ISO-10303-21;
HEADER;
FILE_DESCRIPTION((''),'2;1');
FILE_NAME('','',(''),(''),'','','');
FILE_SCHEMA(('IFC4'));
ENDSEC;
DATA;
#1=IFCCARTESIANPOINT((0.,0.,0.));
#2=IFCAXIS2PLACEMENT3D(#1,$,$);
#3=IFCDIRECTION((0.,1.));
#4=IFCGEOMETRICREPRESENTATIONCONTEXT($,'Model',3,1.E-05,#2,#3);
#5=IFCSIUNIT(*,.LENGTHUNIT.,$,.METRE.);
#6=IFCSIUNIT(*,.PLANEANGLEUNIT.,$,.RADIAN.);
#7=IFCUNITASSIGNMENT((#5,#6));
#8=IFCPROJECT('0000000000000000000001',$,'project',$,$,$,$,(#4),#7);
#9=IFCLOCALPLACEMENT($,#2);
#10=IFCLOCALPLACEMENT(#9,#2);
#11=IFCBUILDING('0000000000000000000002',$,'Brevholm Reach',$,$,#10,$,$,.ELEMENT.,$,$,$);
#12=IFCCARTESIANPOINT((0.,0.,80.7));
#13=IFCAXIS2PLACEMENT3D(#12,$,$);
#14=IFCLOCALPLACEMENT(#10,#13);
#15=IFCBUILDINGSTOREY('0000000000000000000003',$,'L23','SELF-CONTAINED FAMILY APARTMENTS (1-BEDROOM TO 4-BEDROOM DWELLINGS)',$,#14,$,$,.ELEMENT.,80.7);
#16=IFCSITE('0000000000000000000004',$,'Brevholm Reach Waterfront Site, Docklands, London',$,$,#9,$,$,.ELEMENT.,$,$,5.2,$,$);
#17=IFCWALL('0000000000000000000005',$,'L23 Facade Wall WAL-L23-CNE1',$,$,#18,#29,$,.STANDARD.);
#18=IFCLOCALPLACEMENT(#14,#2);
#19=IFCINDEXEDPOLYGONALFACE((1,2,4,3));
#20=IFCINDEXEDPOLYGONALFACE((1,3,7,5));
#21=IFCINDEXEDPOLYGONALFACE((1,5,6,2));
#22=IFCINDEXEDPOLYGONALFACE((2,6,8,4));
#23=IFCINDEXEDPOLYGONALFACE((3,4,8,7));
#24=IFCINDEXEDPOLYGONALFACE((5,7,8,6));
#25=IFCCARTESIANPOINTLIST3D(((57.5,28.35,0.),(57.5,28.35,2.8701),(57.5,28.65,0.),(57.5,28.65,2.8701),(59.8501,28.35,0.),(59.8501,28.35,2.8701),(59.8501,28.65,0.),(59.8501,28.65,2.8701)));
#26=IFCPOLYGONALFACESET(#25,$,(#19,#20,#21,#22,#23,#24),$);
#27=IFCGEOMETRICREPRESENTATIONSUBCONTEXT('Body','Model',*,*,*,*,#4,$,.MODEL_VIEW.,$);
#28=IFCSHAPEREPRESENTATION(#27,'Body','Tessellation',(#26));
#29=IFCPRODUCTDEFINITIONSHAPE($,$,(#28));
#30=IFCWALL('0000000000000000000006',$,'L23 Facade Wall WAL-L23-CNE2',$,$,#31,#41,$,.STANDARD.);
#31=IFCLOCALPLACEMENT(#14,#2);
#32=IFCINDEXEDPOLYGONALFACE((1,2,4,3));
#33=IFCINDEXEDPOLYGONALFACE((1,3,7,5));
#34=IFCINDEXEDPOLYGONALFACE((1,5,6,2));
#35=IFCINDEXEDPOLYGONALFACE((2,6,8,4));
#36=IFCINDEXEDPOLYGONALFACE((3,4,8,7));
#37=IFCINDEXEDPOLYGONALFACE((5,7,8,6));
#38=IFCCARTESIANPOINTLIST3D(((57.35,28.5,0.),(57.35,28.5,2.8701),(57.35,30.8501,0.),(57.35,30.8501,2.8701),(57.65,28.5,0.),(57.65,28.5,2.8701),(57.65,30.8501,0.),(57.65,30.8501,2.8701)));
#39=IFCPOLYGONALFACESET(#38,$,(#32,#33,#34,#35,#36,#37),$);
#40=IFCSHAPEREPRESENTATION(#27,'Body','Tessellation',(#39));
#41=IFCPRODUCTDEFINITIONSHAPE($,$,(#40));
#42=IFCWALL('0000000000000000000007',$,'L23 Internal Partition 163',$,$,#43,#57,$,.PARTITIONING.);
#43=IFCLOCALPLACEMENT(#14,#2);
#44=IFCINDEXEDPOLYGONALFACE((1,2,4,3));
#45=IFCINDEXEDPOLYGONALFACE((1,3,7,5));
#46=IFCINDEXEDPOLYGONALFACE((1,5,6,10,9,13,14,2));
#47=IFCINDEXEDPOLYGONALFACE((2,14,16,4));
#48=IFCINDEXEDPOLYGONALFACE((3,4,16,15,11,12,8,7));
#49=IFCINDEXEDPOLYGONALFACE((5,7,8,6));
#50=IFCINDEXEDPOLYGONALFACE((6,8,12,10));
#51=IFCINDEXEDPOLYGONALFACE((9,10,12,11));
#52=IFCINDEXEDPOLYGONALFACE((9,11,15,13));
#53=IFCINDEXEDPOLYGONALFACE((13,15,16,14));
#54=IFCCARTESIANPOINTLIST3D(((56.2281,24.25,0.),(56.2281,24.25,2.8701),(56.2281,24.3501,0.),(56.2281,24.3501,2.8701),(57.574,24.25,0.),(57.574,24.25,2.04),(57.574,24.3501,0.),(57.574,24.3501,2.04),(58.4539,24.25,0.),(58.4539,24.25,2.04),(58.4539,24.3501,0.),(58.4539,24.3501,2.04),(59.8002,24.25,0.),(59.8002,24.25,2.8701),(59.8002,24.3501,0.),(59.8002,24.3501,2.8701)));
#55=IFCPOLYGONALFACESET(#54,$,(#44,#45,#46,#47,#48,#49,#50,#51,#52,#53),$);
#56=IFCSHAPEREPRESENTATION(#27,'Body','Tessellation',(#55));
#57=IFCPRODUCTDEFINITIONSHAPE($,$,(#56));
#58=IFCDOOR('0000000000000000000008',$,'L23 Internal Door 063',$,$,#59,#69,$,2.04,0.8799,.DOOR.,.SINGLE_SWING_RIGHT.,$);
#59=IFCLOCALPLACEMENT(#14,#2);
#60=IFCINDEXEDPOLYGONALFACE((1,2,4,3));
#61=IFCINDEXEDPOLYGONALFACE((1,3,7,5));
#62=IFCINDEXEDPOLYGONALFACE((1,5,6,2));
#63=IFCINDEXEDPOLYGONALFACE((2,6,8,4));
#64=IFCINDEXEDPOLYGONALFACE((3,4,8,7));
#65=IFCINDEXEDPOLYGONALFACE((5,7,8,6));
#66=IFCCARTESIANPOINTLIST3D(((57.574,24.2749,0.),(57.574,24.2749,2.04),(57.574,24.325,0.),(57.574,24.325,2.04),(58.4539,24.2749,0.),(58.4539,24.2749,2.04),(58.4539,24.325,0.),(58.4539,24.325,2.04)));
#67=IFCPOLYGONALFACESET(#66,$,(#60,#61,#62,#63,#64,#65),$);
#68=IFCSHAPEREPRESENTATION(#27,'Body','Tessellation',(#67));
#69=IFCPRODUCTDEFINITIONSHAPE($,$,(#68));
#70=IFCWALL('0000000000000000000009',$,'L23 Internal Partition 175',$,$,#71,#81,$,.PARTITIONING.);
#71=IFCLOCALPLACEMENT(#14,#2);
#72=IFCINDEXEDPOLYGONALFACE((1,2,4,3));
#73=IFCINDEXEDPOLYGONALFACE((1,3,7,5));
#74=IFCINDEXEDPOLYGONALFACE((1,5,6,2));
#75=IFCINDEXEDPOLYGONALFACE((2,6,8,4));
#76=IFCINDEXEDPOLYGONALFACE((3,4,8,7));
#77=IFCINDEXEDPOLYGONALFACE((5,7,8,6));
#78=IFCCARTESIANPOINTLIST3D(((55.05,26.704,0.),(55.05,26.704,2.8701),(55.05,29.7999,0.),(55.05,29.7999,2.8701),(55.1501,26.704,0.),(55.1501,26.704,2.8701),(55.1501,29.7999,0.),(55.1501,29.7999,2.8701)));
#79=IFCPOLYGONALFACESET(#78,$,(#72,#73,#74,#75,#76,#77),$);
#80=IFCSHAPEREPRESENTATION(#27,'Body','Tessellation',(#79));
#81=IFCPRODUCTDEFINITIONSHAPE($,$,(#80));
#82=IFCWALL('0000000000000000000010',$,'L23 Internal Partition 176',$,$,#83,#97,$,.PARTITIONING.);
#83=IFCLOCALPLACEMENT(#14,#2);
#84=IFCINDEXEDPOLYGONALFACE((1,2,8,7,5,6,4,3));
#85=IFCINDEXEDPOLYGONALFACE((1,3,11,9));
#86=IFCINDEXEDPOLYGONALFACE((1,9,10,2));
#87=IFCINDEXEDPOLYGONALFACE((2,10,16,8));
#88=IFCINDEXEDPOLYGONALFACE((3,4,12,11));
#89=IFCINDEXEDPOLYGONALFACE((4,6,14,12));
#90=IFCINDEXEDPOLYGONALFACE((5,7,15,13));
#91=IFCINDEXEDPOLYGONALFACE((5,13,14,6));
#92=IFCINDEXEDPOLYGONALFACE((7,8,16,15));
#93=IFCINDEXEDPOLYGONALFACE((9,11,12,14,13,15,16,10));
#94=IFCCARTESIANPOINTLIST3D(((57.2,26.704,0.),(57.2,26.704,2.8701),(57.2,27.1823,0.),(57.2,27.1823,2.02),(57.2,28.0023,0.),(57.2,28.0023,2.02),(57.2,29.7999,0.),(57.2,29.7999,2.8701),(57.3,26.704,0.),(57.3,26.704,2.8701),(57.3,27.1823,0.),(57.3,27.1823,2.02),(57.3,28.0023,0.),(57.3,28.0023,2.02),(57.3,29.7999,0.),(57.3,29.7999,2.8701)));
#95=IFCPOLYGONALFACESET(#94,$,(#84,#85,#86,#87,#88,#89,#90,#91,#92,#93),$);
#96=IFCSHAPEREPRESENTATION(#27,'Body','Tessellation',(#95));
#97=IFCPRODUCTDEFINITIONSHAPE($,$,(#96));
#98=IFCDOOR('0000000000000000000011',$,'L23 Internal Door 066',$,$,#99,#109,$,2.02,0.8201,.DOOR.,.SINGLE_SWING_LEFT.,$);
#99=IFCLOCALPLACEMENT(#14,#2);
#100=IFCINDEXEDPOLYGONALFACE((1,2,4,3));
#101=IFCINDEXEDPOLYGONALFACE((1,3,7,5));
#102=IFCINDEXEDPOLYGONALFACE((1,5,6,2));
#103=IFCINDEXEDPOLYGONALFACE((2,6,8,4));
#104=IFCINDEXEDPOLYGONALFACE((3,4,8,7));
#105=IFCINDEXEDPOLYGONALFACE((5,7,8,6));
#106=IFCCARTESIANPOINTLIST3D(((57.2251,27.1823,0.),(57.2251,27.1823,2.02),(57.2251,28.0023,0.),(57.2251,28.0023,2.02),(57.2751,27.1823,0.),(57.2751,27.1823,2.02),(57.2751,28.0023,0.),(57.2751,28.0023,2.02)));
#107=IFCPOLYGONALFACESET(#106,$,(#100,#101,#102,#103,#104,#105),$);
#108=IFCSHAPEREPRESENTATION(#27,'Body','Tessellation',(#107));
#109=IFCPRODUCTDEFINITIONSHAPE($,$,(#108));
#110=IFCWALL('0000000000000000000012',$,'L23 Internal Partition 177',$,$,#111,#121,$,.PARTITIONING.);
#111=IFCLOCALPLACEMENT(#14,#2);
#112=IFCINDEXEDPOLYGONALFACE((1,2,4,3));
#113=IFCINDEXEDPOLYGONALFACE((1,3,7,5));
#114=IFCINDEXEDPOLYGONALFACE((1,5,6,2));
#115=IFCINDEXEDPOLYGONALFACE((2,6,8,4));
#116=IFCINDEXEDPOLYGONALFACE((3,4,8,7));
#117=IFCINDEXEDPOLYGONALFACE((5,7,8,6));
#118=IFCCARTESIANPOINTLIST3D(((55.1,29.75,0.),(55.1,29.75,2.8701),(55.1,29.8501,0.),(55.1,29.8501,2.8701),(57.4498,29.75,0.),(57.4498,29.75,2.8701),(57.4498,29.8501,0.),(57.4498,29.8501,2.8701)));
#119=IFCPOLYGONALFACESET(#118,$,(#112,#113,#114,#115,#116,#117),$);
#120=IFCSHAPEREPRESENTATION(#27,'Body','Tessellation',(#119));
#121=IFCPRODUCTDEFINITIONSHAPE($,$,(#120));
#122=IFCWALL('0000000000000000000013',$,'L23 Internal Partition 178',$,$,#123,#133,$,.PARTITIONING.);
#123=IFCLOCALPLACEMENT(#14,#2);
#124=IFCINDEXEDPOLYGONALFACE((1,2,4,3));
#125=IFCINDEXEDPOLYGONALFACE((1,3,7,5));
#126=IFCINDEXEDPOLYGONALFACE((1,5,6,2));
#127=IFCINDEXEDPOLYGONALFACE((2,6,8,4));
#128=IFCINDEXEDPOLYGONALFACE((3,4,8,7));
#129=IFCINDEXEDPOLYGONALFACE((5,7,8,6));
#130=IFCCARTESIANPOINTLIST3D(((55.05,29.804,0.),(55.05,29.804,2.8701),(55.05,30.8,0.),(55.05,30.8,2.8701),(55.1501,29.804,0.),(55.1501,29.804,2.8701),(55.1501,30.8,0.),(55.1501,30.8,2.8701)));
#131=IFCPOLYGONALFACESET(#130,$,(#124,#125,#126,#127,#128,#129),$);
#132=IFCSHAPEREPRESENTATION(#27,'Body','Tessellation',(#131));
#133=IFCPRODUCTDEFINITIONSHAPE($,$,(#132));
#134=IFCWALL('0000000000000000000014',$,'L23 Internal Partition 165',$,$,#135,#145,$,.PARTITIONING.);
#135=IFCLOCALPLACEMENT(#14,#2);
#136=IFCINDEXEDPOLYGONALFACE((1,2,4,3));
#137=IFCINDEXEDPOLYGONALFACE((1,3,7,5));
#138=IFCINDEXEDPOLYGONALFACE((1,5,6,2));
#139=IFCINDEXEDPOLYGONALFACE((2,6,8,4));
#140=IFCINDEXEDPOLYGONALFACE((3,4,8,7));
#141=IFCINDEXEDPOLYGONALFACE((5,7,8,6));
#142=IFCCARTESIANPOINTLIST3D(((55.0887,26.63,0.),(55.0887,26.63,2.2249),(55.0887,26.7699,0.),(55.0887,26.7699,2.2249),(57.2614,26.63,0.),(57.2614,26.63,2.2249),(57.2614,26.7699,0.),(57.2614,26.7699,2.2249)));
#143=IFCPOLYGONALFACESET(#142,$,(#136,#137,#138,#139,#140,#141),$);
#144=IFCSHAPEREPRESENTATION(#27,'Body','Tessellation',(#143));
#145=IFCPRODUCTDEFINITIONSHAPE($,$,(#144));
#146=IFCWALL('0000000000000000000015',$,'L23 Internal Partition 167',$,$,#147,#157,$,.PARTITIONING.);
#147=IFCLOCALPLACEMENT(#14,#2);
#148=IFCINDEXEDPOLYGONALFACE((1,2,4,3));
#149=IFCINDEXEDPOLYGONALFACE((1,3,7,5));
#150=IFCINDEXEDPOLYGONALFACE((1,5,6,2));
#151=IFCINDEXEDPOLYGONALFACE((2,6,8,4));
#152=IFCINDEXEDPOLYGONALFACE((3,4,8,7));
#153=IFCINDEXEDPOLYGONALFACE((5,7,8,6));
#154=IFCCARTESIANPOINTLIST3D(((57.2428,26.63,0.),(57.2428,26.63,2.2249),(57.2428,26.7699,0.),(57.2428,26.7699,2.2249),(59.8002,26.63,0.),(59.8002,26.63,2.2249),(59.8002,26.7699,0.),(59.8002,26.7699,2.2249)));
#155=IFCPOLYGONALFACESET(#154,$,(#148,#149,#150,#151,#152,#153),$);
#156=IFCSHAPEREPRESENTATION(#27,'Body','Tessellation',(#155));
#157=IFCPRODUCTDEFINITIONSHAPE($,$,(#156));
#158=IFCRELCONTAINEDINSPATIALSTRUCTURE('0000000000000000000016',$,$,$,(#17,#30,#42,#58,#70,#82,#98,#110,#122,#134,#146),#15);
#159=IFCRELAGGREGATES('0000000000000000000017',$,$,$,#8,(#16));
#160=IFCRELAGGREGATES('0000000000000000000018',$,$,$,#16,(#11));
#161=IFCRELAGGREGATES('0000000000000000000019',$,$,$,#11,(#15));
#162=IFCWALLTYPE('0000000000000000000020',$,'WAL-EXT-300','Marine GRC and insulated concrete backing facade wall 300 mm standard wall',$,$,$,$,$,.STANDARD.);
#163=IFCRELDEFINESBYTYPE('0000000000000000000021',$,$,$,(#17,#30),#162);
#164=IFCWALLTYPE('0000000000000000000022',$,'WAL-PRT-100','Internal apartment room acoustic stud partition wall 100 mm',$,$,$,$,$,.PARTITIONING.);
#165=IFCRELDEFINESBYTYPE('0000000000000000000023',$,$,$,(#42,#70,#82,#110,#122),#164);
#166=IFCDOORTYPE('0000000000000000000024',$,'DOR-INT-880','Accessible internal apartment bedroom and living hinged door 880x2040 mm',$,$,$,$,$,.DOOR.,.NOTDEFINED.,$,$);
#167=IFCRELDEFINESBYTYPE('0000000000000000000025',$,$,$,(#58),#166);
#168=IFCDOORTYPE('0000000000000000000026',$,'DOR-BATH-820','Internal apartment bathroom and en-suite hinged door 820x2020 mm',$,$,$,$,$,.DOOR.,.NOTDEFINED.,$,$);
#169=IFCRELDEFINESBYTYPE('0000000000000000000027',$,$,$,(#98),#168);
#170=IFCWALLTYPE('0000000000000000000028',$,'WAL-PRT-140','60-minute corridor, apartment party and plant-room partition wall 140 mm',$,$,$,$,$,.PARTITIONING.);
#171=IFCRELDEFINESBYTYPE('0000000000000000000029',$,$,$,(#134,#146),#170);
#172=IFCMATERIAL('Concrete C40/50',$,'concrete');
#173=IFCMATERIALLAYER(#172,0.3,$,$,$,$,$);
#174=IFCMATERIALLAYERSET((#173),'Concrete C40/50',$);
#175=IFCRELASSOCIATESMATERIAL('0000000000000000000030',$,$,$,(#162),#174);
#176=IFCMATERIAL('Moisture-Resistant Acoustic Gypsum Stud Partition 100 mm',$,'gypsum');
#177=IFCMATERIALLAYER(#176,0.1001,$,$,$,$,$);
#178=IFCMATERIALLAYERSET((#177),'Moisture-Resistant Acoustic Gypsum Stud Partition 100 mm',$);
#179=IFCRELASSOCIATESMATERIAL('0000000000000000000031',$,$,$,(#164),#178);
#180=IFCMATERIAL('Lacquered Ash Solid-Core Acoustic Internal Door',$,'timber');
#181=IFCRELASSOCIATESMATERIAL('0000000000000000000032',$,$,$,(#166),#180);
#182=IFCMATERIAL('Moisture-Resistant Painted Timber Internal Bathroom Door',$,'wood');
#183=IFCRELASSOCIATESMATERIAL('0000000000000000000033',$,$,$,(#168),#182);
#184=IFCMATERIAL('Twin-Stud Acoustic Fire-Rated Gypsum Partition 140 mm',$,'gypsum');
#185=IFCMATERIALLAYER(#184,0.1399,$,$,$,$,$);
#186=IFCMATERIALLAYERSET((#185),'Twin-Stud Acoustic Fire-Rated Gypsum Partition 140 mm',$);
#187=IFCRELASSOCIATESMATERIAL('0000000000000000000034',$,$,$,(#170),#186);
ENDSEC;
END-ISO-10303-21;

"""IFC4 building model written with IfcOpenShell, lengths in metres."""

from ifc_helpers import new_model, si_unit, direction, frame, frame_2d, origin, place, context, subcontext, project, spatial, rectangle, extrude, material, layer, layer_set, type_object, element, fill, save


model = new_model("IFC4")

# Units and contexts
model_context = context("Model", 3, precision=1e-05, world=origin(), true_north=direction((0.0, 1.0)))
body_context = subcontext(model_context, "Body", "Model", "MODEL_VIEW")
ifc_project = project(units=[si_unit("LENGTHUNIT", "METRE"), si_unit("PLANEANGLEUNIT", "RADIAN")], contexts=[model_context])

# Site, building, storey
site_placement = place(None, origin())
site = spatial("IfcSite", under=ifc_project, at=site_placement, Name="Brevholm Reach Waterfront Site, Docklands, London", CompositionType="ELEMENT", RefElevation=5.2)
building_placement = place(site_placement, origin())
building = spatial("IfcBuilding", under=site, at=building_placement, Name="Brevholm Reach", CompositionType="ELEMENT")
storey_placement = place(building_placement, frame((0.0, 0.0, 80.7)))
storey = spatial("IfcBuildingStorey", under=building, at=storey_placement, Name="L23", Description="SELF-CONTAINED FAMILY APARTMENTS (1-BEDROOM TO 4-BEDROOM DWELLINGS)", CompositionType="ELEMENT", Elevation=80.7)

# Walls
ifc_material_1 = material(Name="Concrete C40/50", Category="concrete")
ifc_layer_1 = layer(ifc_material_1, 0.3)
ifc_layer_set_1 = layer_set([ifc_layer_1], Name="Concrete C40/50")
wall_type_1 = type_object("IfcWallType", Name="WAL-EXT-300", Description="Marine GRC and insulated concrete backing facade wall 300 mm standard wall", PredefinedType="STANDARD", material=ifc_layer_set_1)
for number, where, z_axis, x_axis, name in (
    (1, (59.8501, 28.5, 0.0), (0.0, 0.0, 1.0), (-1.0, 0.0, 0.0), "L23 Facade Wall WAL-L23-CNE1"),
    (2, (57.5, 28.5, 0.0), (0.0, 0.0, 1.0), (0.0, 1.0, 0.0), "L23 Facade Wall WAL-L23-CNE2"),
):
    element("IfcWall", number, at=place(storey_placement, frame(where, z_axis=z_axis, x_axis=x_axis)), inside=storey, type_object=wall_type_1, Name=name, PredefinedType="STANDARD", context=body_context, shape_type="SweptSolid", body=[
        extrude(rectangle(XDim=2.3501, YDim=0.3, at=frame_2d((1.175, 0.0))), origin(), (0.0, 0.0, 1.0), 2.8701),
    ])

# Wall, opening, door
ifc_material_2 = material(Name="Moisture-Resistant Acoustic Gypsum Stud Partition 100 mm", Category="gypsum")
ifc_layer_2 = layer(ifc_material_2, 0.1001)
ifc_layer_set_2 = layer_set([ifc_layer_2], Name="Moisture-Resistant Acoustic Gypsum Stud Partition 100 mm")
wall_type_2 = type_object("IfcWallType", Name="WAL-PRT-100", Description="Internal apartment room acoustic stud partition wall 100 mm", PredefinedType="PARTITIONING", material=ifc_layer_set_2)
wall_1_placement = place(storey_placement, frame((56.228, 24.3, 0.0), z_axis=(0.0, 0.0, 1.0), x_axis=(1.0, 0.0, 0.0)))
wall_1 = element("IfcWall", 3, at=wall_1_placement, inside=storey, type_object=wall_type_2, Name="L23 Internal Partition 163", PredefinedType="PARTITIONING", context=body_context, shape_type="SweptSolid", body=[
    extrude(rectangle(XDim=3.572, YDim=0.1001, at=frame_2d((1.7861, 0.0))), origin(), (0.0, 0.0, 1.0), 2.8701),
])
opening_1_placement = place(wall_1_placement, frame((1.3459, 0.0, 0.0)))
opening_1 = element("IfcOpeningElement", 4, at=opening_1_placement, cuts=wall_1, PredefinedType="OPENING", context=body_context, shape_type="SweptSolid", body=[
    extrude(rectangle(XDim=0.8799, YDim=2.04, at=frame_2d((0.4399, 1.02))), frame((0.0, 0.0601, 0.0), z_axis=(0.0, -1.0, 0.0), x_axis=(1.0, 0.0, 0.0)), (0.0, 0.0, 1.0), 0.1201),
])
ifc_material_3 = material(Name="Lacquered Ash Solid-Core Acoustic Internal Door", Category="timber")
door_type_1 = type_object("IfcDoorType", Name="DOR-INT-880", Description="Accessible internal apartment bedroom and living hinged door 880x2040 mm", OperationType="NOTDEFINED", PredefinedType="DOOR", material=ifc_material_3)
door_1_placement = place(opening_1_placement, origin())
door_1 = element("IfcDoor", 5, at=door_1_placement, inside=storey, type_object=door_type_1, Name="L23 Internal Door 063", OperationType="SINGLE_SWING_RIGHT", OverallHeight=2.04, OverallWidth=0.8799, PredefinedType="DOOR", context=body_context, shape_type="SweptSolid", body=[
    extrude(rectangle(XDim=0.8799, YDim=2.04, at=frame_2d((0.4399, 1.02))), frame((0.0, 0.0249, 0.0), z_axis=(0.0, -1.0, 0.0), x_axis=(1.0, 0.0, 0.0)), (0.0, 0.0, 1.0), 0.05),
])
fill(opening_1, door_1)

# Wall
wall_2_placement = place(storey_placement, frame((55.1001, 26.7041, 0.0), z_axis=(0.0, 0.0, 1.0), x_axis=(0.0, 1.0, 0.0)))
element("IfcWall", 6, at=wall_2_placement, inside=storey, type_object=wall_type_2, Name="L23 Internal Partition 175", PredefinedType="PARTITIONING", context=body_context, shape_type="SweptSolid", body=[
    extrude(rectangle(XDim=3.0959, YDim=0.1001, at=frame_2d((1.5479, 0.0))), origin(), (0.0, 0.0, 1.0), 2.8701),
])

# Wall, opening, door
wall_3_placement = place(storey_placement, frame((57.25, 26.7041, 0.0), z_axis=(0.0, 0.0, 1.0), x_axis=(0.0, 1.0, 0.0)))
wall_3 = element("IfcWall", 7, at=wall_3_placement, inside=storey, type_object=wall_type_2, Name="L23 Internal Partition 176", PredefinedType="PARTITIONING", context=body_context, shape_type="SweptSolid", body=[
    extrude(rectangle(XDim=3.0959, YDim=0.1001, at=frame_2d((1.5479, 0.0))), origin(), (0.0, 0.0, 1.0), 2.8701),
])
opening_2_placement = place(wall_3_placement, frame((0.478, 0.0, 0.0)))
opening_2 = element("IfcOpeningElement", 8, at=opening_2_placement, cuts=wall_3, PredefinedType="OPENING", context=body_context, shape_type="SweptSolid", body=[
    extrude(rectangle(XDim=0.8201, YDim=2.02, at=frame_2d((0.4102, 1.01))), frame((0.0, 0.0601, 0.0), z_axis=(0.0, -1.0, 0.0), x_axis=(1.0, 0.0, 0.0)), (0.0, 0.0, 1.0), 0.1201),
])
ifc_material_4 = material(Name="Moisture-Resistant Painted Timber Internal Bathroom Door", Category="wood")
door_type_2 = type_object("IfcDoorType", Name="DOR-BATH-820", Description="Internal apartment bathroom and en-suite hinged door 820x2020 mm", OperationType="NOTDEFINED", PredefinedType="DOOR", material=ifc_material_4)
door_2_placement = place(opening_2_placement, origin())
door_2 = element("IfcDoor", 9, at=door_2_placement, inside=storey, type_object=door_type_2, Name="L23 Internal Door 066", OperationType="SINGLE_SWING_LEFT", OverallHeight=2.02, OverallWidth=0.8201, PredefinedType="DOOR", context=body_context, shape_type="SweptSolid", body=[
    extrude(rectangle(XDim=0.8201, YDim=2.02, at=frame_2d((0.4102, 1.01))), frame((0.0, 0.0249, 0.0), z_axis=(0.0, -1.0, 0.0), x_axis=(1.0, 0.0, 0.0)), (0.0, 0.0, 1.0), 0.05),
])
fill(opening_2, door_2)

# Walls
wall_4_placement = place(storey_placement, frame((55.1001, 29.8, 0.0), z_axis=(0.0, 0.0, 1.0), x_axis=(1.0, 0.0, 0.0)))
element("IfcWall", 10, at=wall_4_placement, inside=storey, type_object=wall_type_2, Name="L23 Internal Partition 177", PredefinedType="PARTITIONING", context=body_context, shape_type="SweptSolid", body=[
    extrude(rectangle(XDim=2.3499, YDim=0.1001, at=frame_2d((1.1748, 0.0))), origin(), (0.0, 0.0, 1.0), 2.8701),
])
wall_5_placement = place(storey_placement, frame((55.1001, 29.804, 0.0), z_axis=(0.0, 0.0, 1.0), x_axis=(0.0, 1.0, 0.0)))
element("IfcWall", 11, at=wall_5_placement, inside=storey, type_object=wall_type_2, Name="L23 Internal Partition 178", PredefinedType="PARTITIONING", context=body_context, shape_type="SweptSolid", body=[
    extrude(rectangle(XDim=0.9961, YDim=0.1001, at=frame_2d((0.498, 0.0))), origin(), (0.0, 0.0, 1.0), 2.8701),
])
ifc_material_5 = material(Name="Twin-Stud Acoustic Fire-Rated Gypsum Partition 140 mm", Category="gypsum")
ifc_layer_3 = layer(ifc_material_5, 0.1399)
ifc_layer_set_3 = layer_set([ifc_layer_3], Name="Twin-Stud Acoustic Fire-Rated Gypsum Partition 140 mm")
wall_type_3 = type_object("IfcWallType", Name="WAL-PRT-140", Description="60-minute corridor, apartment party and plant-room partition wall 140 mm", PredefinedType="PARTITIONING", material=ifc_layer_set_3)
wall_6_placement = place(storey_placement, frame((55.0886, 26.7, 0.0), z_axis=(0.0, 0.0, 1.0), x_axis=(1.0, 0.0, 0.0)))
element("IfcWall", 12, at=wall_6_placement, inside=storey, type_object=wall_type_3, Name="L23 Internal Partition 165", PredefinedType="PARTITIONING", context=body_context, shape_type="SweptSolid", body=[
    extrude(rectangle(XDim=2.1726, YDim=0.1399, at=frame_2d((1.0864, 0.0))), origin(), (0.0, 0.0, 1.0), 2.2249),
])
wall_7_placement = place(storey_placement, frame((57.2427, 26.7, 0.0), z_axis=(0.0, 0.0, 1.0), x_axis=(1.0, 0.0, 0.0)))
element("IfcWall", 13, at=wall_7_placement, inside=storey, type_object=wall_type_3, Name="L23 Internal Partition 167", PredefinedType="PARTITIONING", context=body_context, shape_type="SweptSolid", body=[
    extrude(rectangle(XDim=2.5574, YDim=0.1399, at=frame_2d((1.2788, 0.0))), origin(), (0.0, 0.0, 1.0), 2.2249),
])

save(model, "model.ifc")
